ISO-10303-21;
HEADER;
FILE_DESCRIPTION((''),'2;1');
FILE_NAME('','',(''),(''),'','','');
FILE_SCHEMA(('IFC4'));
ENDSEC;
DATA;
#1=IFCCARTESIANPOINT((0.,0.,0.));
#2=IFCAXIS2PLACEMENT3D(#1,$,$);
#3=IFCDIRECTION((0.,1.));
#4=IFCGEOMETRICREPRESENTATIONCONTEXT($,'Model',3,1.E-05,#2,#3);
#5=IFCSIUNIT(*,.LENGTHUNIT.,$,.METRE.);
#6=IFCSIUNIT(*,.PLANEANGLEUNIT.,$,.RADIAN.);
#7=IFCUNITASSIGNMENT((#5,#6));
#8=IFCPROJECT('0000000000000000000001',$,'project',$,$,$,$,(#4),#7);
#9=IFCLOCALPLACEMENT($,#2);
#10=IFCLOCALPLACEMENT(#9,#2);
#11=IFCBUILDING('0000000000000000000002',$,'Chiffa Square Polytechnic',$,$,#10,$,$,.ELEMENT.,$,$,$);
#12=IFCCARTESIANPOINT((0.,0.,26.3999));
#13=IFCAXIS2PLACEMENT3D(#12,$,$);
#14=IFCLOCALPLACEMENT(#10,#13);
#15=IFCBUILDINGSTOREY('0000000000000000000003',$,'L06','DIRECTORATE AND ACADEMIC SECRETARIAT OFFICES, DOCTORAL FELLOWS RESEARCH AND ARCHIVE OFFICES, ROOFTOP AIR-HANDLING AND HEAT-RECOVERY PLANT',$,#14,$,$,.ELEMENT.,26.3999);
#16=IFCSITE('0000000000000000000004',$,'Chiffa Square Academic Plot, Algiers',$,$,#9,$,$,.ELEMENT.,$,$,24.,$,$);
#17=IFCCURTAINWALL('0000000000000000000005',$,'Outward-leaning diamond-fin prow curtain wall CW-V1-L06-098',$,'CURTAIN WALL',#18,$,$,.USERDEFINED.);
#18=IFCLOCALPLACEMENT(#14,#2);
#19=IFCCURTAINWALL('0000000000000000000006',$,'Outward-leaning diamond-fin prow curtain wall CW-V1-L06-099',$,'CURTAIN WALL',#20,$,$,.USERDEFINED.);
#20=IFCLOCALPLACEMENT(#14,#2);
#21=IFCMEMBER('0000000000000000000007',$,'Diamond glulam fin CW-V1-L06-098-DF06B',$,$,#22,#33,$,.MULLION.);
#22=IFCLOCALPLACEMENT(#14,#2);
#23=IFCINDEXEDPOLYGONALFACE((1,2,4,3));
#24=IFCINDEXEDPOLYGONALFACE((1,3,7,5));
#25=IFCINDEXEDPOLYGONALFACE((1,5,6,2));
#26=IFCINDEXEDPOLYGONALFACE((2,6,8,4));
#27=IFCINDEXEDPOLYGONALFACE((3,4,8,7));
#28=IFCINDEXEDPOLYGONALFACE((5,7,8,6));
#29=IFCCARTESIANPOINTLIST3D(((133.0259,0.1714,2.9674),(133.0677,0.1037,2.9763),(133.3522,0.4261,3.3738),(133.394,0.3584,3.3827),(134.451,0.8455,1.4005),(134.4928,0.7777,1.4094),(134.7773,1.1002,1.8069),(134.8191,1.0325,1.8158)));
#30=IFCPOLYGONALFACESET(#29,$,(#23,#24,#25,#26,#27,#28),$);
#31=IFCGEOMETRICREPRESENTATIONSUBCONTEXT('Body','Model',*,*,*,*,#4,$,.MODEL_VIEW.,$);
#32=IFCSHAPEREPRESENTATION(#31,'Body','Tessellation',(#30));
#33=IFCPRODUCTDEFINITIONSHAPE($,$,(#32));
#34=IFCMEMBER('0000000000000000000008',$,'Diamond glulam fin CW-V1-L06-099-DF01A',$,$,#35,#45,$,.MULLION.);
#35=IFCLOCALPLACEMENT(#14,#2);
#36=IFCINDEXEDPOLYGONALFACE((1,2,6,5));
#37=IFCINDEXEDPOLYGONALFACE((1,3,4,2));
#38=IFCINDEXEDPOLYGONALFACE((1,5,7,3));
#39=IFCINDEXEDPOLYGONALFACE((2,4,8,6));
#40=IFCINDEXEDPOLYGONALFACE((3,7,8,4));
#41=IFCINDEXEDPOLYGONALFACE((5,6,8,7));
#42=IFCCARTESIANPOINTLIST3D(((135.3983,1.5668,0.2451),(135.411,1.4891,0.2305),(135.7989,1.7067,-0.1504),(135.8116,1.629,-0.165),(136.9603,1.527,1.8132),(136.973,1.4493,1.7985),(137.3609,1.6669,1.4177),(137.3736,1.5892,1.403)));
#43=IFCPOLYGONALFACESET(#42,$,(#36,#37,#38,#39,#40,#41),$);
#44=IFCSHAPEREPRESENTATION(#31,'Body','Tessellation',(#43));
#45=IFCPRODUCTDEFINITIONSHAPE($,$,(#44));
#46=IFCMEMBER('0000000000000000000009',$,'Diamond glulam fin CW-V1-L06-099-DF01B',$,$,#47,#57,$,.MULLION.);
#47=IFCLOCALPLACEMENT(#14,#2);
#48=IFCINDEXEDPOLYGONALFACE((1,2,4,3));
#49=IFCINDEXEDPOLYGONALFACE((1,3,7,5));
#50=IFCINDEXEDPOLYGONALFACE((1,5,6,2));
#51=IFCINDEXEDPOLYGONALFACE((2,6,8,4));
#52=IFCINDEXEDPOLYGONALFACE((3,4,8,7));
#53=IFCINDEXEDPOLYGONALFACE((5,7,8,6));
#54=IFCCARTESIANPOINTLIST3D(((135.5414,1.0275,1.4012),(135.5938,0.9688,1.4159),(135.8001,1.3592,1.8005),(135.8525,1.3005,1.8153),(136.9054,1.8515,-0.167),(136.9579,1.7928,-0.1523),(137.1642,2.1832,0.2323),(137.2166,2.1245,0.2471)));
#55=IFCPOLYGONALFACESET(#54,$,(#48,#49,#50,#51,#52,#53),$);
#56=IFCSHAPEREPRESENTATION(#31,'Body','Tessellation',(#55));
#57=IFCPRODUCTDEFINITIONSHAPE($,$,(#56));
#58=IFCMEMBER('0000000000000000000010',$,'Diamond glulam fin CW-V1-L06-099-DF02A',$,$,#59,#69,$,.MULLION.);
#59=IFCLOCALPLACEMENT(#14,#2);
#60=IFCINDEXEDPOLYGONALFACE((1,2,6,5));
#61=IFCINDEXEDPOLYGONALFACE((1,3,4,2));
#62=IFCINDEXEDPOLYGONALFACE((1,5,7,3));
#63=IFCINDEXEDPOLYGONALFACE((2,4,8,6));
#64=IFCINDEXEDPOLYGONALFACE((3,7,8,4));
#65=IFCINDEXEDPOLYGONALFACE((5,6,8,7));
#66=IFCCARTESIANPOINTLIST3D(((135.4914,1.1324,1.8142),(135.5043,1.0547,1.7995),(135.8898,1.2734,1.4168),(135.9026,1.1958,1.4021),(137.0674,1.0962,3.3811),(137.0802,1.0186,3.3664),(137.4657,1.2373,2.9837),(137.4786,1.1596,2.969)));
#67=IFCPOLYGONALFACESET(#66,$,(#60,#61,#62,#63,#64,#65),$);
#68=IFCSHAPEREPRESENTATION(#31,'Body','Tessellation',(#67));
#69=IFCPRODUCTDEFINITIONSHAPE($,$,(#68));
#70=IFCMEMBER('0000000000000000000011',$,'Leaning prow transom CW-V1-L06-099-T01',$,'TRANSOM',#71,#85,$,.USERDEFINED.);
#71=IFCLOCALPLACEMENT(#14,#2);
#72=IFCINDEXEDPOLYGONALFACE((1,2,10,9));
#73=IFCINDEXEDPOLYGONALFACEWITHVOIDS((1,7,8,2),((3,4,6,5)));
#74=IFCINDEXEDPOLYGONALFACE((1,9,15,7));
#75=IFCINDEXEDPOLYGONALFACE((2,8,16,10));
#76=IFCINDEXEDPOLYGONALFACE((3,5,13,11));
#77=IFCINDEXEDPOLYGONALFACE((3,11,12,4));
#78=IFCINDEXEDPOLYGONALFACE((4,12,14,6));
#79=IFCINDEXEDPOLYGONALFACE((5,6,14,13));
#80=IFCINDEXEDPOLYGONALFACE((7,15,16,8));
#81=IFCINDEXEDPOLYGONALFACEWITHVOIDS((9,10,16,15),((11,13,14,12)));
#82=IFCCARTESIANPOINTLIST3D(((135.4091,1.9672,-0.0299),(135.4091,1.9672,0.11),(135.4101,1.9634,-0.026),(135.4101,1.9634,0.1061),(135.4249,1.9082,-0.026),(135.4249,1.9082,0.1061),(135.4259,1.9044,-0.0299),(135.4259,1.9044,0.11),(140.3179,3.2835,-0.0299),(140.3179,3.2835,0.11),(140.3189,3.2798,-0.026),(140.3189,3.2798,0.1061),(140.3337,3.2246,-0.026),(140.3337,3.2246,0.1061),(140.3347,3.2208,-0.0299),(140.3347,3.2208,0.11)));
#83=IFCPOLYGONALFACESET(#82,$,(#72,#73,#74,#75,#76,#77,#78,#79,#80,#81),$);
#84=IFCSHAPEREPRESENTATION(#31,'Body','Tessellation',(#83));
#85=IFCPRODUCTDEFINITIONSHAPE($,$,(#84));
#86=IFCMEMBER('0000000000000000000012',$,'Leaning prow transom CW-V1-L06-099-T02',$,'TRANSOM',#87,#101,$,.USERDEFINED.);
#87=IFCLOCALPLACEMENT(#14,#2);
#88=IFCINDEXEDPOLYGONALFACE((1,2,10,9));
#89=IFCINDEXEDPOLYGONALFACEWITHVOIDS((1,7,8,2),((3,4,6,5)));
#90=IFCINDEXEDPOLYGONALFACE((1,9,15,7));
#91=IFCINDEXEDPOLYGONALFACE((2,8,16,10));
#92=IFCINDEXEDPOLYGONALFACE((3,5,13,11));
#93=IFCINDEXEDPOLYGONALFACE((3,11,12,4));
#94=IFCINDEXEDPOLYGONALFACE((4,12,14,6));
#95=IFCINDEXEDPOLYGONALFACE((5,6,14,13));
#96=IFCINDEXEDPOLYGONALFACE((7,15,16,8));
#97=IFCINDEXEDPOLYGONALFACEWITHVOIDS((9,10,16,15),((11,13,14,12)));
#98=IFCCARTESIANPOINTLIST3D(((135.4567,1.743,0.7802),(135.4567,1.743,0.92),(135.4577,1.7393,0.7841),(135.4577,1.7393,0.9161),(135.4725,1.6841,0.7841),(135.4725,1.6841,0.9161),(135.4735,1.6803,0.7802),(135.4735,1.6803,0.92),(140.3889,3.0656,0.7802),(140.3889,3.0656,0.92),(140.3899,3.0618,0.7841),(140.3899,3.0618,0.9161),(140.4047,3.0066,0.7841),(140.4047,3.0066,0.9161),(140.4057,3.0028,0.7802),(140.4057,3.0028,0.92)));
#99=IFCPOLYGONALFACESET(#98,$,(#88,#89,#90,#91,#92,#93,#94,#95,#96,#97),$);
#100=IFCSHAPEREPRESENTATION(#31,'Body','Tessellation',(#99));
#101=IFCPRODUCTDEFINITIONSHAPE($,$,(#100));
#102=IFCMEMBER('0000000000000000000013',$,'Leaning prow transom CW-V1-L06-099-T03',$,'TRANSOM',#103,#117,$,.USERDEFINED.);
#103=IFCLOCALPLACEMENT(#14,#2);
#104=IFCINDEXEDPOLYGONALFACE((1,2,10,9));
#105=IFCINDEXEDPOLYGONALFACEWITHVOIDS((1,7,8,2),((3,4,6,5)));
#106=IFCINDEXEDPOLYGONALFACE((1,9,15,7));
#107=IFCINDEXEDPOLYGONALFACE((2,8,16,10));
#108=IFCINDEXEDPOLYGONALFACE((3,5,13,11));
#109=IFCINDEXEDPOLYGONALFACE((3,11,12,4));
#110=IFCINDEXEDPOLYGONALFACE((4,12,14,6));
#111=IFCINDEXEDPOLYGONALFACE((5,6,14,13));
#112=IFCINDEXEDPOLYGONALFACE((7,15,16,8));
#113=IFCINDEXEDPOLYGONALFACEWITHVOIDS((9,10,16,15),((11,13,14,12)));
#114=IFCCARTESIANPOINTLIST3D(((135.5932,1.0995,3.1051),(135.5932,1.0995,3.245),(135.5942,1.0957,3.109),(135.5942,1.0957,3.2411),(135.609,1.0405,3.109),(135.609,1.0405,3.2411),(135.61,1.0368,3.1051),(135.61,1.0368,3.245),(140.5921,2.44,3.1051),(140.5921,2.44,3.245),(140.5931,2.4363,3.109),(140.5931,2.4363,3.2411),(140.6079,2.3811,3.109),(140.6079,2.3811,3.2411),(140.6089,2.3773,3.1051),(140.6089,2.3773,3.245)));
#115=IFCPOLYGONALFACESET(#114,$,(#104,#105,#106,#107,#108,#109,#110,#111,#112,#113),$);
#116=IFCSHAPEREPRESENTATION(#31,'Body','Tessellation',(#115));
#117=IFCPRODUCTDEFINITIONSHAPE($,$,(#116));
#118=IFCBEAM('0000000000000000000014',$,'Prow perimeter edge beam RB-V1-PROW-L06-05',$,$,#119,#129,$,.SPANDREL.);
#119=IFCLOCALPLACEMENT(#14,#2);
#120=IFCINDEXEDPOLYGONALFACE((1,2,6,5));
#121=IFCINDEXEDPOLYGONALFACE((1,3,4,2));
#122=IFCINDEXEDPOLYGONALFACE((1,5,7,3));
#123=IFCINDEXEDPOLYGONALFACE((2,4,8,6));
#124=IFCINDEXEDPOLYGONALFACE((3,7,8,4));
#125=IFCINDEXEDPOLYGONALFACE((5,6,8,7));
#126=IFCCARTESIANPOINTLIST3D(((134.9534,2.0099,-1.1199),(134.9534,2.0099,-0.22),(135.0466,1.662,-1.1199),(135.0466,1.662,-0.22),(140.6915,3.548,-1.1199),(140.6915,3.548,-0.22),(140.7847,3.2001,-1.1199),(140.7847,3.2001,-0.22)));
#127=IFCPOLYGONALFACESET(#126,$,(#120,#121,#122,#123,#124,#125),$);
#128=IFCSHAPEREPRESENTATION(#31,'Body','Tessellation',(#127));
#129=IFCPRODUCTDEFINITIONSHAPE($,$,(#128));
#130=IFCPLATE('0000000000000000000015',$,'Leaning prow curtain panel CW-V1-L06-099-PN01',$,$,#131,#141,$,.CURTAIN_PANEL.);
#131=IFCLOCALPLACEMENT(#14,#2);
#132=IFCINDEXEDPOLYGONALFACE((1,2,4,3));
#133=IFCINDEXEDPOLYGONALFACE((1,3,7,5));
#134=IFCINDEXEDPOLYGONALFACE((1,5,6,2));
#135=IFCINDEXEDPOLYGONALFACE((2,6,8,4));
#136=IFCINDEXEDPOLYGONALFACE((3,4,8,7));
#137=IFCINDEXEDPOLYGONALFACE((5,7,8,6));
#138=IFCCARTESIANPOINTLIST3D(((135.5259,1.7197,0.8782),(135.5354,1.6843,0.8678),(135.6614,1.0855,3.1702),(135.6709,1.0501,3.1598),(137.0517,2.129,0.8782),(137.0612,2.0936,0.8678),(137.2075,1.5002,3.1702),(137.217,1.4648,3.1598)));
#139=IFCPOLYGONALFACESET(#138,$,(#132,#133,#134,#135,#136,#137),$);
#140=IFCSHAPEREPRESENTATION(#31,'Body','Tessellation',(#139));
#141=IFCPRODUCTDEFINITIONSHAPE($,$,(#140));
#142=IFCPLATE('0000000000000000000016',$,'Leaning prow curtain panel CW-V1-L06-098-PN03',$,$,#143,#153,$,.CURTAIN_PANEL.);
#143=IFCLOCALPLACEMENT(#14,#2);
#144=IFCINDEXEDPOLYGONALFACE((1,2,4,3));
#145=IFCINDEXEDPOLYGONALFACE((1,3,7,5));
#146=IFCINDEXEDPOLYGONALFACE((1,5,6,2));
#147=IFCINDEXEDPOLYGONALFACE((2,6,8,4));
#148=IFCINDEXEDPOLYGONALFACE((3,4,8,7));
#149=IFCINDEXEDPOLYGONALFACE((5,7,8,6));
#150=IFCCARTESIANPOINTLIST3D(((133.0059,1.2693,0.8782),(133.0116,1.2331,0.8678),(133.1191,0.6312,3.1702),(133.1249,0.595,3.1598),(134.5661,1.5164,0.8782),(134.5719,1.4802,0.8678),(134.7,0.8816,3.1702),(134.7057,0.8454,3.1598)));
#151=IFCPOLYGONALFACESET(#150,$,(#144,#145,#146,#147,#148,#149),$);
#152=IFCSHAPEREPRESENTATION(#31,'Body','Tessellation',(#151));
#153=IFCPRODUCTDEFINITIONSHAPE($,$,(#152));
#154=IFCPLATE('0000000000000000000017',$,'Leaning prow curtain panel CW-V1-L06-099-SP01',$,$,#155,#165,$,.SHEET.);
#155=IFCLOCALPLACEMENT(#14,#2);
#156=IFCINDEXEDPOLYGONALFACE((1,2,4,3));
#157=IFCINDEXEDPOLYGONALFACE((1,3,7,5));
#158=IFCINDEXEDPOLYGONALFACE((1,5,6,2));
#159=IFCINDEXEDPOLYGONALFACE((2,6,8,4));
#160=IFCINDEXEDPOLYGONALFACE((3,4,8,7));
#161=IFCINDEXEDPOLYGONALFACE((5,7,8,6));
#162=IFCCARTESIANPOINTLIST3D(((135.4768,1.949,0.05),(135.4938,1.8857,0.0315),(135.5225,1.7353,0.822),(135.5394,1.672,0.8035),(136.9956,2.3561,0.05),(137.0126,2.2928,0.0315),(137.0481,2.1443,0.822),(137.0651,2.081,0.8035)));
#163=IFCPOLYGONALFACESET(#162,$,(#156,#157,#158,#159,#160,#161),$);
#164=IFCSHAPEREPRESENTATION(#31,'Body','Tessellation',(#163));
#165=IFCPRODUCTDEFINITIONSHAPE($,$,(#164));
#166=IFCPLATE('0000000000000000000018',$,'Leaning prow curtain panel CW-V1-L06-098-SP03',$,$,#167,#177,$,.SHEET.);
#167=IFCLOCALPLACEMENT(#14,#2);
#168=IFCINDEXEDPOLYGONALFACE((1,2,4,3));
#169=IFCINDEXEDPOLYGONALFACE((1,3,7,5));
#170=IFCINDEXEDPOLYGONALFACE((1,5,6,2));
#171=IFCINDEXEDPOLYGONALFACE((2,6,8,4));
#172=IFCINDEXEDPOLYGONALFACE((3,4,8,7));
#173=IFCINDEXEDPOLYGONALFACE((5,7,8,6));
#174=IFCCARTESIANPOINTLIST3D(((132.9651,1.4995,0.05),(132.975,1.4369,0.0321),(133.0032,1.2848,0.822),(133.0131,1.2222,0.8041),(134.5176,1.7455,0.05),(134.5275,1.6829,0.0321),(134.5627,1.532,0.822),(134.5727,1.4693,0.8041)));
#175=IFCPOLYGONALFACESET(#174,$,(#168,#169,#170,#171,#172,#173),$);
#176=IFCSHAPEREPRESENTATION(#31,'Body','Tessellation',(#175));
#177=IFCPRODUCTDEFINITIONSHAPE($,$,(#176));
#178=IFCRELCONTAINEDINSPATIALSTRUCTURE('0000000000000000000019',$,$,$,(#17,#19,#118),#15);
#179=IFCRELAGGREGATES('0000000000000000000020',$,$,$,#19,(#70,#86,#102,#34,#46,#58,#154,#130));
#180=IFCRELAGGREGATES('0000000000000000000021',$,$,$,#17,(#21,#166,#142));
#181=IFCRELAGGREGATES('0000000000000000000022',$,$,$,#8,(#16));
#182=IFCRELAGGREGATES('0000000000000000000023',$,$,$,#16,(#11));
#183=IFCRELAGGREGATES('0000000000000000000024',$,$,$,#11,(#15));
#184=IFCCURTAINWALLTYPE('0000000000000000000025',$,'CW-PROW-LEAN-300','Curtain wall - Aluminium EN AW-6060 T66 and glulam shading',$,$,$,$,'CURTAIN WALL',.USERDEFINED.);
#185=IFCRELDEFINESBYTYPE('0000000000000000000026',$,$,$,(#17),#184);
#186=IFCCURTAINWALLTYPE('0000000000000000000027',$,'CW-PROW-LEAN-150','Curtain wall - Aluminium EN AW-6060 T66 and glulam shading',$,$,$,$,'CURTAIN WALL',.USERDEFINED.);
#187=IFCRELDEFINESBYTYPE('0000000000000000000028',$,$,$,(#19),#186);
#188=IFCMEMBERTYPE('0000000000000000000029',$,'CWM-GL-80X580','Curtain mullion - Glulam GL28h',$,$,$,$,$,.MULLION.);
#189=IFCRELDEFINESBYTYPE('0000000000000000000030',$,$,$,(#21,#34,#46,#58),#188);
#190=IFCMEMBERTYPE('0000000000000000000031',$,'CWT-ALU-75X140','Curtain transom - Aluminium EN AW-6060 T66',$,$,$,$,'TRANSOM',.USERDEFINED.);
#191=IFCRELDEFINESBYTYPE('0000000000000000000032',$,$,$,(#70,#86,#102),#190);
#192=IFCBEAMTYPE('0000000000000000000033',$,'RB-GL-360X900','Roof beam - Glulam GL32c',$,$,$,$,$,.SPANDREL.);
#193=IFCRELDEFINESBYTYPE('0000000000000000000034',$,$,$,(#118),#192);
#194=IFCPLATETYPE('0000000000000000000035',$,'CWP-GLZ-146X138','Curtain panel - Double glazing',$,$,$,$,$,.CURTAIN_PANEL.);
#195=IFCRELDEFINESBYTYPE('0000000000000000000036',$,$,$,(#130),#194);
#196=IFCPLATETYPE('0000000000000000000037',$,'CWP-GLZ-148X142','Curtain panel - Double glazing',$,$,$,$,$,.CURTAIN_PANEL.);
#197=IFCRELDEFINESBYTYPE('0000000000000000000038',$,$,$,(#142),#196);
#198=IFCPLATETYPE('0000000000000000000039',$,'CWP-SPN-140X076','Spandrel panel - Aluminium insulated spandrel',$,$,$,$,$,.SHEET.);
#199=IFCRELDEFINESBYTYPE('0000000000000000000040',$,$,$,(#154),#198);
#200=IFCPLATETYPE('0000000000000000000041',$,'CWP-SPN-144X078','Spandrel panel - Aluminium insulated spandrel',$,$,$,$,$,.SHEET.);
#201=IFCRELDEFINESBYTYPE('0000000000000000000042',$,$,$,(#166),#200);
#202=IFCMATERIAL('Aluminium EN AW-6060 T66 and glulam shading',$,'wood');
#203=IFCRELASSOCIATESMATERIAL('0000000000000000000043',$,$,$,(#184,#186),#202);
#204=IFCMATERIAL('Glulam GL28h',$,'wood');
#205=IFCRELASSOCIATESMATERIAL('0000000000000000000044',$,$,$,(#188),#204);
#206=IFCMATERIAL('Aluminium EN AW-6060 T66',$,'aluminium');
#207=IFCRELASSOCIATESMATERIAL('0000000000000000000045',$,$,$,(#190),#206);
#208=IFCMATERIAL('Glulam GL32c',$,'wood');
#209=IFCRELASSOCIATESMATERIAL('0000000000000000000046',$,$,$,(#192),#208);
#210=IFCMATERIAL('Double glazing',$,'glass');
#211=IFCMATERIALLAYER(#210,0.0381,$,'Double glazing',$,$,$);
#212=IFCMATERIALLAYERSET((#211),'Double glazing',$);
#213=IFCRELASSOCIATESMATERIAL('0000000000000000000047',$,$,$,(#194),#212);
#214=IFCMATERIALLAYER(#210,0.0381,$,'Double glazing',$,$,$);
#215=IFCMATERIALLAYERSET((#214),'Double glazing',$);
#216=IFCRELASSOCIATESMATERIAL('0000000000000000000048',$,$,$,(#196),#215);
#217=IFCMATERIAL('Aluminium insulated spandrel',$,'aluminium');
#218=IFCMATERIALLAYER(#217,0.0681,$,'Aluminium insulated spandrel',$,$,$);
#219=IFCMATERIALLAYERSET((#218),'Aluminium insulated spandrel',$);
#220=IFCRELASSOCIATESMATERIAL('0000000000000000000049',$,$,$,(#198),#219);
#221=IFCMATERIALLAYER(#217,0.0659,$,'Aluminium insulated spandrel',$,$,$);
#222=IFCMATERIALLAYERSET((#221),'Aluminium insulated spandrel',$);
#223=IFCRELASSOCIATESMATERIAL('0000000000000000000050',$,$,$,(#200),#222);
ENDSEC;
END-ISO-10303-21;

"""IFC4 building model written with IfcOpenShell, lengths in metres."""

from ifc_helpers import new_model, si_unit, direction, frame, origin, origin_2d, place, context, subcontext, project, spatial, polyline, rectangle, hollow_rectangle, outline, extrude, material, layer, layer_set, material_profile, profile_set, type_object, element, aggregate, save


model = new_model("IFC4")

# Units and contexts
model_context = context("Model", 3, precision=1e-05, world=origin(), true_north=direction((0.0, 1.0)))
body_context = subcontext(model_context, "Body", "Model", "MODEL_VIEW")
ifc_project = project(units=[si_unit("LENGTHUNIT", "METRE"), si_unit("PLANEANGLEUNIT", "RADIAN")], contexts=[model_context])

# Site, building, storey
site_placement = place(None, origin())
site = spatial("IfcSite", under=ifc_project, at=site_placement, Name="Chiffa Square Academic Plot, Algiers", CompositionType="ELEMENT", RefElevation=24.0)
building_placement = place(site_placement, origin())
building = spatial("IfcBuilding", under=site, at=building_placement, Name="Chiffa Square Polytechnic", CompositionType="ELEMENT")
storey_placement = place(building_placement, frame((0.0, 0.0, 26.3999)))
storey = spatial("IfcBuildingStorey", under=building, at=storey_placement, Name="L06", Description="DIRECTORATE AND ACADEMIC SECRETARIAT OFFICES, DOCTORAL FELLOWS RESEARCH AND ARCHIVE OFFICES, ROOFTOP AIR-HANDLING AND HEAT-RECOVERY PLANT", CompositionType="ELEMENT", Elevation=26.3999)

# Shared definitions
ifc_material_1 = material(Name="Glulam GL32c", Category="wood")

# Curtain walls
ifc_material_2 = material(Name="Aluminium EN AW-6060 T66 and glulam shading", Category="wood")
curtain_wall_type_1 = type_object("IfcCurtainWallType", Name="CW-PROW-LEAN-300", Description="Curtain wall - Aluminium EN AW-6060 T66 and glulam shading", ElementType="CURTAIN WALL", PredefinedType="USERDEFINED", material=ifc_material_2)
curtain_wall_1_placement = place(storey_placement, origin())
curtain_wall_1 = element("IfcCurtainWall", 1, at=curtain_wall_1_placement, inside=storey, type_object=curtain_wall_type_1, Name="Outward-leaning diamond-fin prow curtain wall CW-V1-L06-098", ObjectType="CURTAIN WALL", PredefinedType="USERDEFINED")
ifc_material_3 = material(Name="Aluminium EN AW-6060 T66", Category="aluminium")
curtain_wall_type_2 = type_object("IfcCurtainWallType", Name="CW-PROW-LEAN-150", Description="Curtain wall - Aluminium EN AW-6060 T66 and glulam shading", ElementType="CURTAIN WALL", PredefinedType="USERDEFINED", material=ifc_material_2)
curtain_wall_2_placement = place(storey_placement, origin())
curtain_wall_2 = element("IfcCurtainWall", 2, at=curtain_wall_2_placement, inside=storey, type_object=curtain_wall_type_2, Name="Outward-leaning diamond-fin prow curtain wall CW-V1-L06-099", ObjectType="CURTAIN WALL", PredefinedType="USERDEFINED")

# Members
ifc_material_4 = material(Name="Glulam GL28h", Category="wood")
ifc_material_profile_1 = material_profile(ifc_material_4, rectangle(XDim=0.0801, YDim=0.5801, at=origin_2d()), Name="GL28h 80x580")
ifc_profile_set_1 = profile_set([ifc_material_profile_1], Name="Glulam GL28h")
member_type_1 = type_object("IfcMemberType", Name="CWM-GL-80X580", Description="Curtain mullion - Glulam GL28h", PredefinedType="MULLION", material=ifc_profile_set_1)
member_1_placement = place(storey_placement, frame((134.635, 0.939, 1.6082), z_axis=(-0.641141, -0.30327, 0.704958), x_axis=(0.522019, -0.845687, 0.110951)))
member_1 = element("IfcMember", 3, at=member_1_placement, type_object=member_type_1, Name="Diamond glulam fin CW-V1-L06-098-DF06B", PredefinedType="MULLION", context=body_context, shape_type="SweptSolid", body=[
    extrude(rectangle(XDim=0.0801, YDim=0.5801, at=origin_2d()), origin(), (0.0, 0.0, 1.0), 2.2227),
])
member_2_placement = place(storey_placement, frame((135.605, 1.5979, 0.04), z_axis=(0.705613, -0.017977, 0.70837), x_axis=(-0.158679, 0.970282, 0.182685)))
member_2 = element("IfcMember", 4, at=member_2_placement, type_object=member_type_1, Name="Diamond glulam fin CW-V1-L06-099-DF01A", PredefinedType="MULLION", context=body_context, shape_type="SweptSolid", body=[
    extrude(rectangle(XDim=0.0801, YDim=0.5801, at=origin_2d()), origin(), (0.0, 0.0, 1.0), 2.2136),
])
member_3_placement = place(storey_placement, frame((137.061, 1.988, 0.04), z_axis=(-0.6101, -0.36855, 0.701391), x_axis=(0.654827, -0.732918, 0.18448)))
member_3 = element("IfcMember", 5, at=member_3_placement, type_object=member_type_1, Name="Diamond glulam fin CW-V1-L06-099-DF01B", PredefinedType="MULLION", context=body_context, shape_type="SweptSolid", body=[
    extrude(rectangle(XDim=0.0801, YDim=0.5801, at=origin_2d()), origin(), (0.0, 0.0, 1.0), 2.2358),
])
member_4_placement = place(storey_placement, frame((135.697, 1.1641, 1.6082), z_axis=(0.709043, -0.016257, 0.704978), x_axis=(-0.160273, 0.969854, 0.183562)))
member_4 = element("IfcMember", 6, at=member_4_placement, type_object=member_type_1, Name="Diamond glulam fin CW-V1-L06-099-DF02A", PredefinedType="MULLION", context=body_context, shape_type="SweptSolid", body=[
    extrude(rectangle(XDim=0.0801, YDim=0.5801, at=origin_2d()), origin(), (0.0, 0.0, 1.0), 2.2227),
])
ifc_material_profile_2 = material_profile(ifc_material_3, hollow_rectangle(XDim=0.0649, YDim=0.1399, WallThickness=0.0039, at=origin_2d()), Name="ALU 65x140x4")
ifc_profile_set_2 = profile_set([ifc_material_profile_2], Name="Aluminium EN AW-6060 T66")
member_type_2 = type_object("IfcMemberType", Name="CWT-ALU-75X140", Description="Curtain transom - Aluminium EN AW-6060 T66", ElementType="TRANSOM", PredefinedType="USERDEFINED", material=ifc_profile_set_2)
member_5_placement = place(storey_placement, frame((135.4175, 1.9358, 0.04), z_axis=(0.965874, 0.259014, 0.0), x_axis=(-0.259014, 0.965874, 0.0)))
member_5 = element("IfcMember", 7, at=member_5_placement, type_object=member_type_2, Name="Leaning prow transom CW-V1-L06-099-T01", ObjectType="TRANSOM", PredefinedType="USERDEFINED", context=body_context, shape_type="SweptSolid", body=[
    extrude(hollow_rectangle(XDim=0.0649, YDim=0.1399, WallThickness=0.0039, at=origin_2d()), origin(), (0.0, 0.0, 1.0), 5.0823),
])
member_6_placement = place(storey_placement, frame((135.4651, 1.7117, 0.8501), z_axis=(0.965879, 0.258993, 0.0), x_axis=(-0.258993, 0.965879, 0.0)))
member_6 = element("IfcMember", 8, at=member_6_placement, type_object=member_type_2, Name="Leaning prow transom CW-V1-L06-099-T02", ObjectType="TRANSOM", PredefinedType="USERDEFINED", context=body_context, shape_type="SweptSolid", body=[
    extrude(hollow_rectangle(XDim=0.0649, YDim=0.1399, WallThickness=0.0039, at=origin_2d()), origin(), (0.0, 0.0, 1.0), 5.1064),
])
member_7_placement = place(storey_placement, frame((135.6016, 1.0681, 3.175), z_axis=(0.965873, 0.259016, 0.0), x_axis=(-0.259016, 0.965873, 0.0)))
member_7 = element("IfcMember", 9, at=member_7_placement, type_object=member_type_2, Name="Leaning prow transom CW-V1-L06-099-T03", ObjectType="TRANSOM", PredefinedType="USERDEFINED", context=body_context, shape_type="SweptSolid", body=[
    extrude(hollow_rectangle(XDim=0.0649, YDim=0.1399, WallThickness=0.0039, at=origin_2d()), origin(), (0.0, 0.0, 1.0), 5.1755),
])

# Beam
ifc_material_profile_3 = material_profile(ifc_material_1, rectangle(XDim=0.3601, YDim=0.8999, at=origin_2d()), Name="GL32c 360x900")
ifc_profile_set_3 = profile_set([ifc_material_profile_3], Name="Glulam GL32c")
beam_type_1 = type_object("IfcBeamType", Name="RB-GL-360X900", Description="Roof beam - Glulam GL32c", PredefinedType="SPANDREL", material=ifc_profile_set_3)
beam_1_placement = place(storey_placement, frame((135.0, 1.8359, -0.6699), z_axis=(0.965901, 0.258911, 0.0), x_axis=(-0.258911, 0.965901, 0.0)))
element("IfcBeam", 10, at=beam_1_placement, inside=storey, type_object=beam_type_1, Name="Prow perimeter edge beam RB-V1-PROW-L06-05", PredefinedType="SPANDREL", context=body_context, shape_type="SweptSolid", body=[
    extrude(rectangle(XDim=0.3601, YDim=0.8999, at=origin_2d()), origin(), (0.0, 0.0, 1.0), 5.9407),
])

# Plates
ifc_material_5 = material(Name="Double glazing", Category="glass")
ifc_layer_1 = layer(ifc_material_5, 0.0381, Name="Double glazing")
ifc_layer_set_1 = layer_set([ifc_layer_1], Name="Double glazing")
plate_type_1 = type_object("IfcPlateType", Name="CWP-GLZ-146X138", Description="Curtain panel - Double glazing", PredefinedType="CURTAIN_PANEL", material=ifc_layer_set_1)
plate_1_placement = place(storey_placement, frame((135.5259, 1.7197, 0.8782), z_axis=(-0.249301, 0.929467, 0.271919), x_axis=(0.965862, 0.259058, 0.000014)))
plate_1 = element("IfcPlate", 11, at=plate_1_placement, type_object=plate_type_1, Name="Leaning prow curtain panel CW-V1-L06-099-PN01", PredefinedType="CURTAIN_PANEL", context=body_context, shape_type="SweptSolid", body=[
    extrude(outline(polyline([(0.0, 0.0), (1.5798, 0.0), (1.5674, -2.3817), (-0.0334, -2.3818), (0.0, 0.0)])), origin(), (0.0, 0.0, -1.0), 0.0381),
])
ifc_layer_2 = layer(ifc_material_5, 0.0381, Name="Double glazing")
ifc_layer_set_2 = layer_set([ifc_layer_2], Name="Double glazing")
plate_type_2 = type_object("IfcPlateType", Name="CWP-GLZ-148X142", Description="Curtain panel - Double glazing", PredefinedType="CURTAIN_PANEL", material=ifc_layer_set_2)
plate_2_placement = place(storey_placement, frame((133.0059, 1.2693, 0.8782), z_axis=(-0.150551, 0.950435, 0.272045), x_axis=(0.987686, 0.156448, 0.000014)))
plate_2 = element("IfcPlate", 12, at=plate_2_placement, type_object=plate_type_2, Name="Leaning prow curtain panel CW-V1-L06-098-PN03", PredefinedType="CURTAIN_PANEL", context=body_context, shape_type="SweptSolid", body=[
    extrude(outline(polyline([(0.0, 0.0), (1.5797, 0.0), (1.6126, -2.3818), (0.0121, -2.3818), (0.0, 0.0)])), origin(), (0.0, 0.0, -1.0), 0.0381),
])
ifc_material_6 = material(Name="Aluminium insulated spandrel", Category="aluminium")
ifc_layer_3 = layer(ifc_material_6, 0.0681, Name="Aluminium insulated spandrel")
ifc_layer_set_3 = layer_set([ifc_layer_3], Name="Aluminium insulated spandrel")
plate_type_3 = type_object("IfcPlateType", Name="CWP-SPN-140X076", Description="Spandrel panel - Aluminium insulated spandrel", PredefinedType="SHEET", material=ifc_layer_set_3)
plate_3_placement = place(storey_placement, frame((135.4768, 1.949, 0.05), z_axis=(-0.249176, 0.929472, 0.272017), x_axis=(0.965893, 0.258943, -0.00001)))
plate_3 = element("IfcPlate", 13, at=plate_3_placement, type_object=plate_type_3, Name="Leaning prow curtain panel CW-V1-L06-099-SP01", PredefinedType="SHEET", context=body_context, shape_type="SweptSolid", body=[
    extrude(outline(polyline([(0.0, 0.0), (1.5724, 0.0), (1.5683, -0.8022), (-0.0112, -0.8022), (0.0, 0.0)])), origin(), (0.0, 0.0, -1.0), 0.0681),
])
aggregate(curtain_wall_2, [member_5, member_6, member_7, member_2, member_3, member_4, plate_3, plate_1])
ifc_layer_4 = layer(ifc_material_6, 0.0659, Name="Aluminium insulated spandrel")
ifc_layer_set_4 = layer_set([ifc_layer_4], Name="Aluminium insulated spandrel")
plate_type_4 = type_object("IfcPlateType", Name="CWP-SPN-144X078", Description="Spandrel panel - Aluminium insulated spandrel", PredefinedType="SHEET", material=ifc_layer_set_4)
plate_4_placement = place(storey_placement, frame((132.9651, 1.4995, 0.05), z_axis=(-0.150626, 0.950507, 0.271751), x_axis=(0.987675, 0.156519, -0.000012)))
plate_4 = element("IfcPlate", 14, at=plate_4_placement, type_object=plate_type_4, Name="Leaning prow curtain panel CW-V1-L06-098-SP03", PredefinedType="SHEET", context=body_context, shape_type="SweptSolid", body=[
    extrude(outline(polyline([(0.0, 0.0), (1.5719, 0.0), (1.583, -0.8022), (0.004, -0.8021), (0.0, 0.0)])), origin(), (0.0, 0.0, -1.0), 0.0659),
])
aggregate(curtain_wall_1, [member_1, plate_4, plate_2])

save(model, "model.ifc")
